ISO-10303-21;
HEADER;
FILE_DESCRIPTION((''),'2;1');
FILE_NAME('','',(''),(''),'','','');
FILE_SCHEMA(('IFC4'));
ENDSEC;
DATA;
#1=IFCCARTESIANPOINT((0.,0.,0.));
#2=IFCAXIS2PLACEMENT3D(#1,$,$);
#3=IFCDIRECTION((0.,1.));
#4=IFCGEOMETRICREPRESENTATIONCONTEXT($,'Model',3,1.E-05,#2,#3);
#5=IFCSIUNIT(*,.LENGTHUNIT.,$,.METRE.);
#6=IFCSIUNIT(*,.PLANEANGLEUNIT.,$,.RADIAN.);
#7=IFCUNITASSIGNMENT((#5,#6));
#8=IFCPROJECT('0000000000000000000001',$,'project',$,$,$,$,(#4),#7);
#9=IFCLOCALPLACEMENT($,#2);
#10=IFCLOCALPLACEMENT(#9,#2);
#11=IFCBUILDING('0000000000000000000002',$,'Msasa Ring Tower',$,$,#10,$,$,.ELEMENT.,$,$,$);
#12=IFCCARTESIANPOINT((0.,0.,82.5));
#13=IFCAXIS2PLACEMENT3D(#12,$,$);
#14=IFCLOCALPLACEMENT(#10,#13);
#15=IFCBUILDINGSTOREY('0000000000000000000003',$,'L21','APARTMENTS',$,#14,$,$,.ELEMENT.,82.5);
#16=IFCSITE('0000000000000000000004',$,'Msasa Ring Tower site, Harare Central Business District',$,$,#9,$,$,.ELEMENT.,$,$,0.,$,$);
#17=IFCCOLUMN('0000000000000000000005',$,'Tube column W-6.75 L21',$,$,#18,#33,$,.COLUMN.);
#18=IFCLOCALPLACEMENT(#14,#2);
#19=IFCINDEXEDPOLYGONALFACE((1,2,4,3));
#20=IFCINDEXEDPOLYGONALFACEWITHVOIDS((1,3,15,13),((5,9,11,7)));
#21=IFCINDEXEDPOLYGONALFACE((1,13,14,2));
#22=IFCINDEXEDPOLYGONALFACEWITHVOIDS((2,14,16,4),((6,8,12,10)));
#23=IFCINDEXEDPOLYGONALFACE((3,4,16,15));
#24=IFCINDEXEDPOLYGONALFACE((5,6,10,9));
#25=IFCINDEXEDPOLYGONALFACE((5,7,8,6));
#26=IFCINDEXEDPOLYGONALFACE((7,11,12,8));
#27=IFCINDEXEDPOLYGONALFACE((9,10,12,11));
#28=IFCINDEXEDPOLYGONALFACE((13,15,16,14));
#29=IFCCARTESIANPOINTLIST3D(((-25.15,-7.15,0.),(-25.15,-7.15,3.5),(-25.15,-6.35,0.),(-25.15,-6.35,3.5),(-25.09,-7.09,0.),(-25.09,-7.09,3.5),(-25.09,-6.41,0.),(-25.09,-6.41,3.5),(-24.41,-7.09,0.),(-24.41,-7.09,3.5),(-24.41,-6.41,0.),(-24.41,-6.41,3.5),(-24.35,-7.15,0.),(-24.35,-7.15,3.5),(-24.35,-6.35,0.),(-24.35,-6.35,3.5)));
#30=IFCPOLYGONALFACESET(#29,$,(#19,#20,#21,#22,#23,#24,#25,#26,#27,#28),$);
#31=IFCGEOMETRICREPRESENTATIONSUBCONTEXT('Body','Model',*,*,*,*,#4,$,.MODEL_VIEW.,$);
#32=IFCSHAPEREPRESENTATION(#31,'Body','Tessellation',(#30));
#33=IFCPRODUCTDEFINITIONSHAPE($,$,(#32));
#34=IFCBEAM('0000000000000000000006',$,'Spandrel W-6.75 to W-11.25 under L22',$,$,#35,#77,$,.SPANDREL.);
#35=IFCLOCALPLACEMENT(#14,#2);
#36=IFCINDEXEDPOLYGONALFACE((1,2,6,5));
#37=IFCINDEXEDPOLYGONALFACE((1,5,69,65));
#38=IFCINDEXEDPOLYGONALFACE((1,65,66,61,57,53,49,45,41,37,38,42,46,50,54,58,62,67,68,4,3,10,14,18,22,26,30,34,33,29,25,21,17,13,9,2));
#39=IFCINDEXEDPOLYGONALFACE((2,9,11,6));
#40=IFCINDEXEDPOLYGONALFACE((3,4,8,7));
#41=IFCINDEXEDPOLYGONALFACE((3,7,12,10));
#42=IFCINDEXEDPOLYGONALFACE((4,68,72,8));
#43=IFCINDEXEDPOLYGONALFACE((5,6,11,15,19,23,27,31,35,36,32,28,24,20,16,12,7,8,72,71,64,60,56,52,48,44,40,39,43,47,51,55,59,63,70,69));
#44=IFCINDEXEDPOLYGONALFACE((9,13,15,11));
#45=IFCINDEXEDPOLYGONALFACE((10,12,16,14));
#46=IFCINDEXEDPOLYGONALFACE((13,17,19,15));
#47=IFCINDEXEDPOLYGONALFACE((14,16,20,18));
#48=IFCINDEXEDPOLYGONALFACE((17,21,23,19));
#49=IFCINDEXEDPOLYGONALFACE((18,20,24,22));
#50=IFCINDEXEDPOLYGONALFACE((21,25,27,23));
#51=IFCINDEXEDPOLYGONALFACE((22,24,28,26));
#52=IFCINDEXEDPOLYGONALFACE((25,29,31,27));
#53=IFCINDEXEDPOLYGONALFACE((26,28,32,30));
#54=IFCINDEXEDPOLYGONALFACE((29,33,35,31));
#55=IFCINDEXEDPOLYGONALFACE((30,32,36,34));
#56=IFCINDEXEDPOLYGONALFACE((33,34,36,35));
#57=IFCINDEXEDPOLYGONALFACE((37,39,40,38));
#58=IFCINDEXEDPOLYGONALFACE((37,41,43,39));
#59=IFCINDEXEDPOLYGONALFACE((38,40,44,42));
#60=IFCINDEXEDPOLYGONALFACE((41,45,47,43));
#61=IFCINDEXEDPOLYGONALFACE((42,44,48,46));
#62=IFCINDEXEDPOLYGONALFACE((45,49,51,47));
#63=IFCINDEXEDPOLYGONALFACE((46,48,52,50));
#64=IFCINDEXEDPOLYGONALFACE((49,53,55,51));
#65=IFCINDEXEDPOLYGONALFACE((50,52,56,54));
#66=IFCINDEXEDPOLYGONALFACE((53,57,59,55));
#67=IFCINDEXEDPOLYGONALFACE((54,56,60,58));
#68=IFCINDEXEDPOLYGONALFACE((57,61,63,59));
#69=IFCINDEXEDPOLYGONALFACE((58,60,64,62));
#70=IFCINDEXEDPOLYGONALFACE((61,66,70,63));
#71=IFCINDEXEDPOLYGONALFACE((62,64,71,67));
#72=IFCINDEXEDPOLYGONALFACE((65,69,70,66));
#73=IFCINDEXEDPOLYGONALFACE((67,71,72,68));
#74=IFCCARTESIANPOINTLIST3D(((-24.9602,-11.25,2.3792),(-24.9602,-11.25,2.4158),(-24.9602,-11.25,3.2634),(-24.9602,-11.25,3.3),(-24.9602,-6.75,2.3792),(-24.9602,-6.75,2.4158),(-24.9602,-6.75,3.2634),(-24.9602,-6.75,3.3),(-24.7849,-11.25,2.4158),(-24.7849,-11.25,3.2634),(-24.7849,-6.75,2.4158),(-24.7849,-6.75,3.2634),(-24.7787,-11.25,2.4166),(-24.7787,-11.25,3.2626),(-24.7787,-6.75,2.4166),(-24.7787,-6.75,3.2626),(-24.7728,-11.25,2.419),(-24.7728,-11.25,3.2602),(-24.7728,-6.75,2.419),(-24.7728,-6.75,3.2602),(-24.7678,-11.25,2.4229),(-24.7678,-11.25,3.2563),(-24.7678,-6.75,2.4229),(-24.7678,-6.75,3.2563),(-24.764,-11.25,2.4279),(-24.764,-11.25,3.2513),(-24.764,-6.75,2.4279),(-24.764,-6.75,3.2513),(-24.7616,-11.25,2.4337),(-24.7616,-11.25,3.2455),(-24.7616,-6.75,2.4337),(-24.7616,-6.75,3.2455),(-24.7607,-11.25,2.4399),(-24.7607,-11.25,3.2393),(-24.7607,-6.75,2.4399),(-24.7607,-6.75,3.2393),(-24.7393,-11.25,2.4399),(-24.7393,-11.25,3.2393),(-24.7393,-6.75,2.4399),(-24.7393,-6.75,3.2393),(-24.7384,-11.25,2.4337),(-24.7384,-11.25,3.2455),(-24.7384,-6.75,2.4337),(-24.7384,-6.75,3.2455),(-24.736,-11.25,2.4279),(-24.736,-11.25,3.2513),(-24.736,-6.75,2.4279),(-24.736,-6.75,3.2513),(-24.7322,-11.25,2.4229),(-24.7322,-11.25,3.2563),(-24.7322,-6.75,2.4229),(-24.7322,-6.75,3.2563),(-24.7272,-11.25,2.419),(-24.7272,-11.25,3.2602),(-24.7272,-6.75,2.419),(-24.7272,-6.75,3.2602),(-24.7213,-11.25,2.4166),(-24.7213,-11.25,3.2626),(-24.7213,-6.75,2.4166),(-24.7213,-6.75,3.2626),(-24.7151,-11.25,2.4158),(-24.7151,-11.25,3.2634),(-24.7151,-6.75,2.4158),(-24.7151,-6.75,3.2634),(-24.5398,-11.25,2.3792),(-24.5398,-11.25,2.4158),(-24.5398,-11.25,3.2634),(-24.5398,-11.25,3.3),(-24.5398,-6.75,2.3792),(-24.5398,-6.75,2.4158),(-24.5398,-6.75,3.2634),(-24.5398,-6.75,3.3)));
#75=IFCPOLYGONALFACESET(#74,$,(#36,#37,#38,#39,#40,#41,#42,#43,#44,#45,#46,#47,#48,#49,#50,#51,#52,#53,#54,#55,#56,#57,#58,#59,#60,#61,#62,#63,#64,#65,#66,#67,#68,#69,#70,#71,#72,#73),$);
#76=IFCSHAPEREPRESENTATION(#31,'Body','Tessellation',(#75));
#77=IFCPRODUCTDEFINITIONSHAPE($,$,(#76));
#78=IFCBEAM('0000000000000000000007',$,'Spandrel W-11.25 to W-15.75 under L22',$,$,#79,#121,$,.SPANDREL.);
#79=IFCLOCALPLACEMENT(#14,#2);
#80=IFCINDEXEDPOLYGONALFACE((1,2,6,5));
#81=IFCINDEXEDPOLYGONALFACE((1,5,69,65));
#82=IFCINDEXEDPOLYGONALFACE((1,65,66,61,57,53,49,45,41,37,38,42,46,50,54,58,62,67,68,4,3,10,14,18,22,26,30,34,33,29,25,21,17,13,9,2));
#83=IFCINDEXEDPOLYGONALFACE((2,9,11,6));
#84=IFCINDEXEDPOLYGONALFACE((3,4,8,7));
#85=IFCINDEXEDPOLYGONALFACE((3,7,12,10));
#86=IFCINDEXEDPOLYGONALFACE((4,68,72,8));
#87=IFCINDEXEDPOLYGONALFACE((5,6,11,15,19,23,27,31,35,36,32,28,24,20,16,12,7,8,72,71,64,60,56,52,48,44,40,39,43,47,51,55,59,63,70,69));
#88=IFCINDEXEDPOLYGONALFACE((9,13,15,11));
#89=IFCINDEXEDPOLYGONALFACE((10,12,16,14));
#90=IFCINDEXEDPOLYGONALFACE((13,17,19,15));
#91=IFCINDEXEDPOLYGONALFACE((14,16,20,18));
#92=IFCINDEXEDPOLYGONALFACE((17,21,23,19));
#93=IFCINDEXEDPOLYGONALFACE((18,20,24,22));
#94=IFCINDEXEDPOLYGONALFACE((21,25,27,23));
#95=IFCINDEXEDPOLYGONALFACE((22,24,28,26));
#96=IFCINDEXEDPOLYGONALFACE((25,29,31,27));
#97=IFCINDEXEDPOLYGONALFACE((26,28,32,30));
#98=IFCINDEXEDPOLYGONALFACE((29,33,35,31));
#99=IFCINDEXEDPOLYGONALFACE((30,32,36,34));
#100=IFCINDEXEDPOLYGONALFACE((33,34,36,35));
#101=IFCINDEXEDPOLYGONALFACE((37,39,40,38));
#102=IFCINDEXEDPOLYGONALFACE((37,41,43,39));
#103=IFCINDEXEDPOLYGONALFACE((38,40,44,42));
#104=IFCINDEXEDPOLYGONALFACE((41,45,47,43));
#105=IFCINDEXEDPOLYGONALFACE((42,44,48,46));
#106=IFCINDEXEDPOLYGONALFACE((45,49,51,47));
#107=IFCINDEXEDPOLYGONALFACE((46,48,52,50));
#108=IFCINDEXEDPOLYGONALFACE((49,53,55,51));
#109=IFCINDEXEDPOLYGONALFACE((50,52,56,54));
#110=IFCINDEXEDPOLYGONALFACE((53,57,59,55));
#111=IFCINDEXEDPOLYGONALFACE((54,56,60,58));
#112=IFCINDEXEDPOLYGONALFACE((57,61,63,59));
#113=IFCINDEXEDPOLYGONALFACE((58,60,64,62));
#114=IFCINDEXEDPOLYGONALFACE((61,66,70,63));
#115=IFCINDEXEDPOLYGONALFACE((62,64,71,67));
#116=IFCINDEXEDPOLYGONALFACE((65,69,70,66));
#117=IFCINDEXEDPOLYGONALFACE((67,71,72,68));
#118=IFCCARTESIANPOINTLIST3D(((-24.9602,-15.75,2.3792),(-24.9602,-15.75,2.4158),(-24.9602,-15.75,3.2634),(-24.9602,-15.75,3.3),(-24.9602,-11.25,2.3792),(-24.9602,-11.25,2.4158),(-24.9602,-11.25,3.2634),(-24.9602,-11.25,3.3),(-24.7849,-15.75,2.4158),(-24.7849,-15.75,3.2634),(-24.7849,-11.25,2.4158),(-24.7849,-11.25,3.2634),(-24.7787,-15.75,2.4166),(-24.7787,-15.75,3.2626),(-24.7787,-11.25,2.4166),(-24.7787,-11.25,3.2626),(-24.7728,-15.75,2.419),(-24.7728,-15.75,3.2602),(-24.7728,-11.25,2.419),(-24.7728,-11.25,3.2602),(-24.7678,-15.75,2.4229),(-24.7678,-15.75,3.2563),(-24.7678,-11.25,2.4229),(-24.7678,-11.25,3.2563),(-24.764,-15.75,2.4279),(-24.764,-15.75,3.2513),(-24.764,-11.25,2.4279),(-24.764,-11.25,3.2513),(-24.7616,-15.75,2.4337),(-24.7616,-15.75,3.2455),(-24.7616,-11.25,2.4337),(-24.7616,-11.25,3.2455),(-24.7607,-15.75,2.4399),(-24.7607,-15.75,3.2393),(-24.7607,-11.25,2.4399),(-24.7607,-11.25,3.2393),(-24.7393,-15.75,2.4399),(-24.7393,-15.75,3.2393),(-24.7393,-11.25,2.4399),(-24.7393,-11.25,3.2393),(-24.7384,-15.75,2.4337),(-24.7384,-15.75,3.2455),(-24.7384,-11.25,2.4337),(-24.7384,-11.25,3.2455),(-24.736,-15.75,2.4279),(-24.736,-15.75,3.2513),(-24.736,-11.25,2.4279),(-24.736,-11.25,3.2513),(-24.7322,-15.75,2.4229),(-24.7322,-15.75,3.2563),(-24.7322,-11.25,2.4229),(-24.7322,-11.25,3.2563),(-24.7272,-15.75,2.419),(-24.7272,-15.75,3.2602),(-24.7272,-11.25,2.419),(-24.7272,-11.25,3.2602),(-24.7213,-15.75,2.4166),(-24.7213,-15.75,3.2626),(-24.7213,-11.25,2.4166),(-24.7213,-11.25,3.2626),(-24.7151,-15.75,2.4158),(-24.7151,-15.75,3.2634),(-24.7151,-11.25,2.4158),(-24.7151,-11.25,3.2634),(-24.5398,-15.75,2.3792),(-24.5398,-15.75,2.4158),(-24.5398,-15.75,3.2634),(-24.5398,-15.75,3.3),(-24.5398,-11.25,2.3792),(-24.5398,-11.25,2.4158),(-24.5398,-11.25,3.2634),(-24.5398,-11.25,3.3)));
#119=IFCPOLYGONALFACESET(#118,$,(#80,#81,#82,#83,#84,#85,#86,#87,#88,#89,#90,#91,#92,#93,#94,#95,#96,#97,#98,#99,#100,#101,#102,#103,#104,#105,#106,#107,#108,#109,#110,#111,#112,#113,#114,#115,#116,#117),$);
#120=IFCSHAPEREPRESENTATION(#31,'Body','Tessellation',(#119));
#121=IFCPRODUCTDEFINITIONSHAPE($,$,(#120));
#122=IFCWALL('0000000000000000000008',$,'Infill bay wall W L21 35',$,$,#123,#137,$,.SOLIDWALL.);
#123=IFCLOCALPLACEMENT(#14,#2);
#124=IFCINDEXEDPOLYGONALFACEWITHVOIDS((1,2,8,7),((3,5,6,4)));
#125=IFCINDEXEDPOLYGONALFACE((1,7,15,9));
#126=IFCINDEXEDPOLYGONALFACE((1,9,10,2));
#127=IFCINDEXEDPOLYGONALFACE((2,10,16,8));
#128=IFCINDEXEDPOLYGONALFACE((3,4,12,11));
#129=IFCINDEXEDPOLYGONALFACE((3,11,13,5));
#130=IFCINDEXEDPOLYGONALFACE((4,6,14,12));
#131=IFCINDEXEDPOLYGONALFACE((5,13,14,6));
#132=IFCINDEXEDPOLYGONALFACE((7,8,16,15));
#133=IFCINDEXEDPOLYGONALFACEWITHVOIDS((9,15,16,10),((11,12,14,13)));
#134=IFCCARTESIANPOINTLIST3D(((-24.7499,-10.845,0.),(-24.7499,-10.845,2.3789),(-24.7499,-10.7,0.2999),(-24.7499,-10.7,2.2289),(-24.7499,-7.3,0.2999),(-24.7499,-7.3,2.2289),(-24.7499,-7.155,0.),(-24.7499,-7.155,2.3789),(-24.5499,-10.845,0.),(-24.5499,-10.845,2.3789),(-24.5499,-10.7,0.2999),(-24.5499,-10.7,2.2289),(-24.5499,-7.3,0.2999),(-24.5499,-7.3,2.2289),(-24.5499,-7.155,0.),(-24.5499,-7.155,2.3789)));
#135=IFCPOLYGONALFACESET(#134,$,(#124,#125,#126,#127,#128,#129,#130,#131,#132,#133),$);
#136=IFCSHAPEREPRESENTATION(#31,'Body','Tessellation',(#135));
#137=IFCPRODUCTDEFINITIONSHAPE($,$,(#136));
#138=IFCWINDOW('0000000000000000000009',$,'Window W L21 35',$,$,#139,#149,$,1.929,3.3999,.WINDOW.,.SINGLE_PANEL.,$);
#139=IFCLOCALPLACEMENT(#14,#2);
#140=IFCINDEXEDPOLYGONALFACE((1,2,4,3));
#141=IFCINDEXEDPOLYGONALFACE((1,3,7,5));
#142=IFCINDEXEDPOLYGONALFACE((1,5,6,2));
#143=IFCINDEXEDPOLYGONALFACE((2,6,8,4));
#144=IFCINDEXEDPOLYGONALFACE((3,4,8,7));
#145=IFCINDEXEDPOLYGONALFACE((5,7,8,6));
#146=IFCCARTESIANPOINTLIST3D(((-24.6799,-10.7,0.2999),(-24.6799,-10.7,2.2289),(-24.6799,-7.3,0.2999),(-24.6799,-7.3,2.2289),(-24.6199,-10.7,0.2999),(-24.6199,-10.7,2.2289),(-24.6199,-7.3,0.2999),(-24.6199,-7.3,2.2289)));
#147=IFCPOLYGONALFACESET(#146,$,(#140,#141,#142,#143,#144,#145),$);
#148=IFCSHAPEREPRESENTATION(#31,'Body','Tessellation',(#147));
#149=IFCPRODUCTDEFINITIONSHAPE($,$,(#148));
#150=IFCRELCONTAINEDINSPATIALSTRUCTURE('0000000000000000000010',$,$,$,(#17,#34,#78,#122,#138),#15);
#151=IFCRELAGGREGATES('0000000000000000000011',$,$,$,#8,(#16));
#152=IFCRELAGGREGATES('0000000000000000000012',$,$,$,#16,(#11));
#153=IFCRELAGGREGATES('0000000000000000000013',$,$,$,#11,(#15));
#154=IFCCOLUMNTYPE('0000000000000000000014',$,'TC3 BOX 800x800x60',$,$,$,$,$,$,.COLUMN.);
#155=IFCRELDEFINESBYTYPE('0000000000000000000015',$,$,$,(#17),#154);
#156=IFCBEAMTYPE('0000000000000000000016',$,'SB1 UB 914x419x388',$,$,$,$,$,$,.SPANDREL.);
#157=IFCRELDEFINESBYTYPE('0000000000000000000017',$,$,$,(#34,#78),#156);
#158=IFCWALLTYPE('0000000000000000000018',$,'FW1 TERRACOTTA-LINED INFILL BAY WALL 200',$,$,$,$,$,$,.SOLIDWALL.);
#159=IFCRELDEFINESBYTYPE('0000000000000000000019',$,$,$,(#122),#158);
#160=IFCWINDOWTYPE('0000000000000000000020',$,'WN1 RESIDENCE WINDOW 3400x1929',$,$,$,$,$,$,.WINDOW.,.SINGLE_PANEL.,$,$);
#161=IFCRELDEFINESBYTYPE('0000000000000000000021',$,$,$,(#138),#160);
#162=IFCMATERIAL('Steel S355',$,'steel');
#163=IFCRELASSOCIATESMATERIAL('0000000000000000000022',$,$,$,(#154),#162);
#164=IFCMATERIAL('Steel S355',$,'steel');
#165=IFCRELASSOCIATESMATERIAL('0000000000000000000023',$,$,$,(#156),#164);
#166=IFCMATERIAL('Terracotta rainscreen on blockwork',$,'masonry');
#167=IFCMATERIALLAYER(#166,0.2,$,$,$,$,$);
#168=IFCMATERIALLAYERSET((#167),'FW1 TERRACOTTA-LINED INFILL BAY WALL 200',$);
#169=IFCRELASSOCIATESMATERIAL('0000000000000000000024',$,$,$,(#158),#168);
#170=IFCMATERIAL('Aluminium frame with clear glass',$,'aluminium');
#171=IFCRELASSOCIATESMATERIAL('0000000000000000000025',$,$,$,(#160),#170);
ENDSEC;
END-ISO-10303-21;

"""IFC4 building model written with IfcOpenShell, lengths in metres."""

from ifc_helpers import new_model, si_unit, direction, frame, frame_2d, origin, origin_2d, place, context, subcontext, project, spatial, rectangle, hollow_rectangle, i_section, extrude, material, layer, layer_set, material_profile, profile_set, type_object, element, fill, save


model = new_model("IFC4")

# Units and contexts
model_context = context("Model", 3, precision=1e-05, world=origin(), true_north=direction((0.0, 1.0)))
body_context = subcontext(model_context, "Body", "Model", "MODEL_VIEW")
ifc_project = project(units=[si_unit("LENGTHUNIT", "METRE"), si_unit("PLANEANGLEUNIT", "RADIAN")], contexts=[model_context])

# Site, building, storey
site_placement = place(None, origin())
site = spatial("IfcSite", under=ifc_project, at=site_placement, Name="Msasa Ring Tower site, Harare Central Business District", CompositionType="ELEMENT", RefElevation=0.0)
building_placement = place(site_placement, origin())
building = spatial("IfcBuilding", under=site, at=building_placement, Name="Msasa Ring Tower", CompositionType="ELEMENT")
storey_placement = place(building_placement, frame((0.0, 0.0, 82.5)))
storey = spatial("IfcBuildingStorey", under=building, at=storey_placement, Name="L21", Description="APARTMENTS", CompositionType="ELEMENT", Elevation=82.5)

# Column
ifc_material_1 = material(Name="Steel S355", Category="steel")
ifc_material_profile_1 = material_profile(ifc_material_1, hollow_rectangle(XDim=0.8, YDim=0.8, WallThickness=0.0601, at=origin_2d()), Name="BOX 800x800x60")
ifc_profile_set_1 = profile_set([ifc_material_profile_1], Name="Steel S355")
column_type = type_object("IfcColumnType", Name="TC3 BOX 800x800x60", PredefinedType="COLUMN", material=ifc_profile_set_1)
column_placement = place(storey_placement, frame((-24.75, -6.75, 0.0), z_axis=(0.0, 0.0, 1.0), x_axis=(1.0, 0.0, 0.0)))
element("IfcColumn", 1, at=column_placement, inside=storey, type_object=column_type, Name="Tube column W-6.75 L21", PredefinedType="COLUMN", context=body_context, shape_type="SweptSolid", body=[
    extrude(hollow_rectangle(XDim=0.8, YDim=0.8, WallThickness=0.0601, at=origin_2d()), origin(), (0.0, 0.0, 1.0), 3.5),
])

# Beams
ifc_material_2 = material(Name="Steel S355", Category="steel")
ifc_material_profile_2 = material_profile(ifc_material_2, i_section(OverallWidth=0.4204, OverallDepth=0.9209, WebThickness=0.0215, FlangeThickness=0.0366, FilletRadius=0.0242, at=origin_2d()), Name="UB 914x419x388")
ifc_profile_set_2 = profile_set([ifc_material_profile_2], Name="Steel S355")
beam_type = type_object("IfcBeamType", Name="SB1 UB 914x419x388", PredefinedType="SPANDREL", material=ifc_profile_set_2)
for number, where, z_axis, x_axis, name in (
    (2, (-24.75, -6.75, 2.8396), (0.0, -1.0, 0.0), (1.0, 0.0, 0.0), "Spandrel W-6.75 to W-11.25 under L22"),
    (3, (-24.75, -11.25, 2.8396), (0.0, -1.0, 0.0), (1.0, 0.0, 0.0), "Spandrel W-11.25 to W-15.75 under L22"),
):
    element("IfcBeam", number, at=place(storey_placement, frame(where, z_axis=z_axis, x_axis=x_axis)), inside=storey, type_object=beam_type, Name=name, PredefinedType="SPANDREL", context=body_context, shape_type="SweptSolid", body=[
        extrude(i_section(OverallWidth=0.4204, OverallDepth=0.9209, WebThickness=0.0215, FlangeThickness=0.0366, FilletRadius=0.0242, at=origin_2d()), origin(), (0.0, 0.0, 1.0), 4.5),
    ])

# Wall, opening, window
ifc_material_3 = material(Name="Terracotta rainscreen on blockwork", Category="masonry")
ifc_layer_1 = layer(ifc_material_3, 0.2)
ifc_layer_set_1 = layer_set([ifc_layer_1], Name="FW1 TERRACOTTA-LINED INFILL BAY WALL 200")
wall_type_1 = type_object("IfcWallType", Name="FW1 TERRACOTTA-LINED INFILL BAY WALL 200", PredefinedType="SOLIDWALL", material=ifc_layer_set_1)
wall_1_placement = place(storey_placement, frame((-24.6499, -10.845, 0.0), z_axis=(0.0, 0.0, 1.0), x_axis=(0.0, 1.0, 0.0)))
wall_1 = element("IfcWall", 4, at=wall_1_placement, inside=storey, type_object=wall_type_1, Name="Infill bay wall W L21 35", PredefinedType="SOLIDWALL", context=body_context, shape_type="SweptSolid", body=[
    extrude(rectangle(XDim=3.6899, YDim=0.2, at=frame_2d((1.845, 0.0))), origin(), (0.0, 0.0, 1.0), 2.3789),
])
opening_1_placement = place(wall_1_placement, frame((0.145, 0.0, 0.3)))
opening_1 = element("IfcOpeningElement", 5, at=opening_1_placement, cuts=wall_1, PredefinedType="OPENING", context=body_context, shape_type="SweptSolid", body=[
    extrude(rectangle(XDim=3.3999, YDim=1.929, at=frame_2d((1.7, 0.9644))), frame((0.0, 0.1099, 0.0), z_axis=(0.0, -1.0, 0.0), x_axis=(1.0, 0.0, 0.0)), (0.0, 0.0, 1.0), 0.22),
])
ifc_material_4 = material(Name="Aluminium frame with clear glass", Category="aluminium")
window_type = type_object("IfcWindowType", Name="WN1 RESIDENCE WINDOW 3400x1929", PartitioningType="SINGLE_PANEL", PredefinedType="WINDOW", material=ifc_material_4)
window_placement = place(opening_1_placement, origin())
window = element("IfcWindow", 6, at=window_placement, inside=storey, type_object=window_type, Name="Window W L21 35", OverallHeight=1.929, OverallWidth=3.3999, PartitioningType="SINGLE_PANEL", PredefinedType="WINDOW", context=body_context, shape_type="SweptSolid", body=[
    extrude(rectangle(XDim=3.3999, YDim=1.929, at=frame_2d((1.7, 0.9644))), frame((0.0, 0.03, 0.0), z_axis=(0.0, -1.0, 0.0), x_axis=(1.0, 0.0, 0.0)), (0.0, 0.0, 1.0), 0.0601),
])
fill(opening_1, window)

save(model, "model.ifc")
